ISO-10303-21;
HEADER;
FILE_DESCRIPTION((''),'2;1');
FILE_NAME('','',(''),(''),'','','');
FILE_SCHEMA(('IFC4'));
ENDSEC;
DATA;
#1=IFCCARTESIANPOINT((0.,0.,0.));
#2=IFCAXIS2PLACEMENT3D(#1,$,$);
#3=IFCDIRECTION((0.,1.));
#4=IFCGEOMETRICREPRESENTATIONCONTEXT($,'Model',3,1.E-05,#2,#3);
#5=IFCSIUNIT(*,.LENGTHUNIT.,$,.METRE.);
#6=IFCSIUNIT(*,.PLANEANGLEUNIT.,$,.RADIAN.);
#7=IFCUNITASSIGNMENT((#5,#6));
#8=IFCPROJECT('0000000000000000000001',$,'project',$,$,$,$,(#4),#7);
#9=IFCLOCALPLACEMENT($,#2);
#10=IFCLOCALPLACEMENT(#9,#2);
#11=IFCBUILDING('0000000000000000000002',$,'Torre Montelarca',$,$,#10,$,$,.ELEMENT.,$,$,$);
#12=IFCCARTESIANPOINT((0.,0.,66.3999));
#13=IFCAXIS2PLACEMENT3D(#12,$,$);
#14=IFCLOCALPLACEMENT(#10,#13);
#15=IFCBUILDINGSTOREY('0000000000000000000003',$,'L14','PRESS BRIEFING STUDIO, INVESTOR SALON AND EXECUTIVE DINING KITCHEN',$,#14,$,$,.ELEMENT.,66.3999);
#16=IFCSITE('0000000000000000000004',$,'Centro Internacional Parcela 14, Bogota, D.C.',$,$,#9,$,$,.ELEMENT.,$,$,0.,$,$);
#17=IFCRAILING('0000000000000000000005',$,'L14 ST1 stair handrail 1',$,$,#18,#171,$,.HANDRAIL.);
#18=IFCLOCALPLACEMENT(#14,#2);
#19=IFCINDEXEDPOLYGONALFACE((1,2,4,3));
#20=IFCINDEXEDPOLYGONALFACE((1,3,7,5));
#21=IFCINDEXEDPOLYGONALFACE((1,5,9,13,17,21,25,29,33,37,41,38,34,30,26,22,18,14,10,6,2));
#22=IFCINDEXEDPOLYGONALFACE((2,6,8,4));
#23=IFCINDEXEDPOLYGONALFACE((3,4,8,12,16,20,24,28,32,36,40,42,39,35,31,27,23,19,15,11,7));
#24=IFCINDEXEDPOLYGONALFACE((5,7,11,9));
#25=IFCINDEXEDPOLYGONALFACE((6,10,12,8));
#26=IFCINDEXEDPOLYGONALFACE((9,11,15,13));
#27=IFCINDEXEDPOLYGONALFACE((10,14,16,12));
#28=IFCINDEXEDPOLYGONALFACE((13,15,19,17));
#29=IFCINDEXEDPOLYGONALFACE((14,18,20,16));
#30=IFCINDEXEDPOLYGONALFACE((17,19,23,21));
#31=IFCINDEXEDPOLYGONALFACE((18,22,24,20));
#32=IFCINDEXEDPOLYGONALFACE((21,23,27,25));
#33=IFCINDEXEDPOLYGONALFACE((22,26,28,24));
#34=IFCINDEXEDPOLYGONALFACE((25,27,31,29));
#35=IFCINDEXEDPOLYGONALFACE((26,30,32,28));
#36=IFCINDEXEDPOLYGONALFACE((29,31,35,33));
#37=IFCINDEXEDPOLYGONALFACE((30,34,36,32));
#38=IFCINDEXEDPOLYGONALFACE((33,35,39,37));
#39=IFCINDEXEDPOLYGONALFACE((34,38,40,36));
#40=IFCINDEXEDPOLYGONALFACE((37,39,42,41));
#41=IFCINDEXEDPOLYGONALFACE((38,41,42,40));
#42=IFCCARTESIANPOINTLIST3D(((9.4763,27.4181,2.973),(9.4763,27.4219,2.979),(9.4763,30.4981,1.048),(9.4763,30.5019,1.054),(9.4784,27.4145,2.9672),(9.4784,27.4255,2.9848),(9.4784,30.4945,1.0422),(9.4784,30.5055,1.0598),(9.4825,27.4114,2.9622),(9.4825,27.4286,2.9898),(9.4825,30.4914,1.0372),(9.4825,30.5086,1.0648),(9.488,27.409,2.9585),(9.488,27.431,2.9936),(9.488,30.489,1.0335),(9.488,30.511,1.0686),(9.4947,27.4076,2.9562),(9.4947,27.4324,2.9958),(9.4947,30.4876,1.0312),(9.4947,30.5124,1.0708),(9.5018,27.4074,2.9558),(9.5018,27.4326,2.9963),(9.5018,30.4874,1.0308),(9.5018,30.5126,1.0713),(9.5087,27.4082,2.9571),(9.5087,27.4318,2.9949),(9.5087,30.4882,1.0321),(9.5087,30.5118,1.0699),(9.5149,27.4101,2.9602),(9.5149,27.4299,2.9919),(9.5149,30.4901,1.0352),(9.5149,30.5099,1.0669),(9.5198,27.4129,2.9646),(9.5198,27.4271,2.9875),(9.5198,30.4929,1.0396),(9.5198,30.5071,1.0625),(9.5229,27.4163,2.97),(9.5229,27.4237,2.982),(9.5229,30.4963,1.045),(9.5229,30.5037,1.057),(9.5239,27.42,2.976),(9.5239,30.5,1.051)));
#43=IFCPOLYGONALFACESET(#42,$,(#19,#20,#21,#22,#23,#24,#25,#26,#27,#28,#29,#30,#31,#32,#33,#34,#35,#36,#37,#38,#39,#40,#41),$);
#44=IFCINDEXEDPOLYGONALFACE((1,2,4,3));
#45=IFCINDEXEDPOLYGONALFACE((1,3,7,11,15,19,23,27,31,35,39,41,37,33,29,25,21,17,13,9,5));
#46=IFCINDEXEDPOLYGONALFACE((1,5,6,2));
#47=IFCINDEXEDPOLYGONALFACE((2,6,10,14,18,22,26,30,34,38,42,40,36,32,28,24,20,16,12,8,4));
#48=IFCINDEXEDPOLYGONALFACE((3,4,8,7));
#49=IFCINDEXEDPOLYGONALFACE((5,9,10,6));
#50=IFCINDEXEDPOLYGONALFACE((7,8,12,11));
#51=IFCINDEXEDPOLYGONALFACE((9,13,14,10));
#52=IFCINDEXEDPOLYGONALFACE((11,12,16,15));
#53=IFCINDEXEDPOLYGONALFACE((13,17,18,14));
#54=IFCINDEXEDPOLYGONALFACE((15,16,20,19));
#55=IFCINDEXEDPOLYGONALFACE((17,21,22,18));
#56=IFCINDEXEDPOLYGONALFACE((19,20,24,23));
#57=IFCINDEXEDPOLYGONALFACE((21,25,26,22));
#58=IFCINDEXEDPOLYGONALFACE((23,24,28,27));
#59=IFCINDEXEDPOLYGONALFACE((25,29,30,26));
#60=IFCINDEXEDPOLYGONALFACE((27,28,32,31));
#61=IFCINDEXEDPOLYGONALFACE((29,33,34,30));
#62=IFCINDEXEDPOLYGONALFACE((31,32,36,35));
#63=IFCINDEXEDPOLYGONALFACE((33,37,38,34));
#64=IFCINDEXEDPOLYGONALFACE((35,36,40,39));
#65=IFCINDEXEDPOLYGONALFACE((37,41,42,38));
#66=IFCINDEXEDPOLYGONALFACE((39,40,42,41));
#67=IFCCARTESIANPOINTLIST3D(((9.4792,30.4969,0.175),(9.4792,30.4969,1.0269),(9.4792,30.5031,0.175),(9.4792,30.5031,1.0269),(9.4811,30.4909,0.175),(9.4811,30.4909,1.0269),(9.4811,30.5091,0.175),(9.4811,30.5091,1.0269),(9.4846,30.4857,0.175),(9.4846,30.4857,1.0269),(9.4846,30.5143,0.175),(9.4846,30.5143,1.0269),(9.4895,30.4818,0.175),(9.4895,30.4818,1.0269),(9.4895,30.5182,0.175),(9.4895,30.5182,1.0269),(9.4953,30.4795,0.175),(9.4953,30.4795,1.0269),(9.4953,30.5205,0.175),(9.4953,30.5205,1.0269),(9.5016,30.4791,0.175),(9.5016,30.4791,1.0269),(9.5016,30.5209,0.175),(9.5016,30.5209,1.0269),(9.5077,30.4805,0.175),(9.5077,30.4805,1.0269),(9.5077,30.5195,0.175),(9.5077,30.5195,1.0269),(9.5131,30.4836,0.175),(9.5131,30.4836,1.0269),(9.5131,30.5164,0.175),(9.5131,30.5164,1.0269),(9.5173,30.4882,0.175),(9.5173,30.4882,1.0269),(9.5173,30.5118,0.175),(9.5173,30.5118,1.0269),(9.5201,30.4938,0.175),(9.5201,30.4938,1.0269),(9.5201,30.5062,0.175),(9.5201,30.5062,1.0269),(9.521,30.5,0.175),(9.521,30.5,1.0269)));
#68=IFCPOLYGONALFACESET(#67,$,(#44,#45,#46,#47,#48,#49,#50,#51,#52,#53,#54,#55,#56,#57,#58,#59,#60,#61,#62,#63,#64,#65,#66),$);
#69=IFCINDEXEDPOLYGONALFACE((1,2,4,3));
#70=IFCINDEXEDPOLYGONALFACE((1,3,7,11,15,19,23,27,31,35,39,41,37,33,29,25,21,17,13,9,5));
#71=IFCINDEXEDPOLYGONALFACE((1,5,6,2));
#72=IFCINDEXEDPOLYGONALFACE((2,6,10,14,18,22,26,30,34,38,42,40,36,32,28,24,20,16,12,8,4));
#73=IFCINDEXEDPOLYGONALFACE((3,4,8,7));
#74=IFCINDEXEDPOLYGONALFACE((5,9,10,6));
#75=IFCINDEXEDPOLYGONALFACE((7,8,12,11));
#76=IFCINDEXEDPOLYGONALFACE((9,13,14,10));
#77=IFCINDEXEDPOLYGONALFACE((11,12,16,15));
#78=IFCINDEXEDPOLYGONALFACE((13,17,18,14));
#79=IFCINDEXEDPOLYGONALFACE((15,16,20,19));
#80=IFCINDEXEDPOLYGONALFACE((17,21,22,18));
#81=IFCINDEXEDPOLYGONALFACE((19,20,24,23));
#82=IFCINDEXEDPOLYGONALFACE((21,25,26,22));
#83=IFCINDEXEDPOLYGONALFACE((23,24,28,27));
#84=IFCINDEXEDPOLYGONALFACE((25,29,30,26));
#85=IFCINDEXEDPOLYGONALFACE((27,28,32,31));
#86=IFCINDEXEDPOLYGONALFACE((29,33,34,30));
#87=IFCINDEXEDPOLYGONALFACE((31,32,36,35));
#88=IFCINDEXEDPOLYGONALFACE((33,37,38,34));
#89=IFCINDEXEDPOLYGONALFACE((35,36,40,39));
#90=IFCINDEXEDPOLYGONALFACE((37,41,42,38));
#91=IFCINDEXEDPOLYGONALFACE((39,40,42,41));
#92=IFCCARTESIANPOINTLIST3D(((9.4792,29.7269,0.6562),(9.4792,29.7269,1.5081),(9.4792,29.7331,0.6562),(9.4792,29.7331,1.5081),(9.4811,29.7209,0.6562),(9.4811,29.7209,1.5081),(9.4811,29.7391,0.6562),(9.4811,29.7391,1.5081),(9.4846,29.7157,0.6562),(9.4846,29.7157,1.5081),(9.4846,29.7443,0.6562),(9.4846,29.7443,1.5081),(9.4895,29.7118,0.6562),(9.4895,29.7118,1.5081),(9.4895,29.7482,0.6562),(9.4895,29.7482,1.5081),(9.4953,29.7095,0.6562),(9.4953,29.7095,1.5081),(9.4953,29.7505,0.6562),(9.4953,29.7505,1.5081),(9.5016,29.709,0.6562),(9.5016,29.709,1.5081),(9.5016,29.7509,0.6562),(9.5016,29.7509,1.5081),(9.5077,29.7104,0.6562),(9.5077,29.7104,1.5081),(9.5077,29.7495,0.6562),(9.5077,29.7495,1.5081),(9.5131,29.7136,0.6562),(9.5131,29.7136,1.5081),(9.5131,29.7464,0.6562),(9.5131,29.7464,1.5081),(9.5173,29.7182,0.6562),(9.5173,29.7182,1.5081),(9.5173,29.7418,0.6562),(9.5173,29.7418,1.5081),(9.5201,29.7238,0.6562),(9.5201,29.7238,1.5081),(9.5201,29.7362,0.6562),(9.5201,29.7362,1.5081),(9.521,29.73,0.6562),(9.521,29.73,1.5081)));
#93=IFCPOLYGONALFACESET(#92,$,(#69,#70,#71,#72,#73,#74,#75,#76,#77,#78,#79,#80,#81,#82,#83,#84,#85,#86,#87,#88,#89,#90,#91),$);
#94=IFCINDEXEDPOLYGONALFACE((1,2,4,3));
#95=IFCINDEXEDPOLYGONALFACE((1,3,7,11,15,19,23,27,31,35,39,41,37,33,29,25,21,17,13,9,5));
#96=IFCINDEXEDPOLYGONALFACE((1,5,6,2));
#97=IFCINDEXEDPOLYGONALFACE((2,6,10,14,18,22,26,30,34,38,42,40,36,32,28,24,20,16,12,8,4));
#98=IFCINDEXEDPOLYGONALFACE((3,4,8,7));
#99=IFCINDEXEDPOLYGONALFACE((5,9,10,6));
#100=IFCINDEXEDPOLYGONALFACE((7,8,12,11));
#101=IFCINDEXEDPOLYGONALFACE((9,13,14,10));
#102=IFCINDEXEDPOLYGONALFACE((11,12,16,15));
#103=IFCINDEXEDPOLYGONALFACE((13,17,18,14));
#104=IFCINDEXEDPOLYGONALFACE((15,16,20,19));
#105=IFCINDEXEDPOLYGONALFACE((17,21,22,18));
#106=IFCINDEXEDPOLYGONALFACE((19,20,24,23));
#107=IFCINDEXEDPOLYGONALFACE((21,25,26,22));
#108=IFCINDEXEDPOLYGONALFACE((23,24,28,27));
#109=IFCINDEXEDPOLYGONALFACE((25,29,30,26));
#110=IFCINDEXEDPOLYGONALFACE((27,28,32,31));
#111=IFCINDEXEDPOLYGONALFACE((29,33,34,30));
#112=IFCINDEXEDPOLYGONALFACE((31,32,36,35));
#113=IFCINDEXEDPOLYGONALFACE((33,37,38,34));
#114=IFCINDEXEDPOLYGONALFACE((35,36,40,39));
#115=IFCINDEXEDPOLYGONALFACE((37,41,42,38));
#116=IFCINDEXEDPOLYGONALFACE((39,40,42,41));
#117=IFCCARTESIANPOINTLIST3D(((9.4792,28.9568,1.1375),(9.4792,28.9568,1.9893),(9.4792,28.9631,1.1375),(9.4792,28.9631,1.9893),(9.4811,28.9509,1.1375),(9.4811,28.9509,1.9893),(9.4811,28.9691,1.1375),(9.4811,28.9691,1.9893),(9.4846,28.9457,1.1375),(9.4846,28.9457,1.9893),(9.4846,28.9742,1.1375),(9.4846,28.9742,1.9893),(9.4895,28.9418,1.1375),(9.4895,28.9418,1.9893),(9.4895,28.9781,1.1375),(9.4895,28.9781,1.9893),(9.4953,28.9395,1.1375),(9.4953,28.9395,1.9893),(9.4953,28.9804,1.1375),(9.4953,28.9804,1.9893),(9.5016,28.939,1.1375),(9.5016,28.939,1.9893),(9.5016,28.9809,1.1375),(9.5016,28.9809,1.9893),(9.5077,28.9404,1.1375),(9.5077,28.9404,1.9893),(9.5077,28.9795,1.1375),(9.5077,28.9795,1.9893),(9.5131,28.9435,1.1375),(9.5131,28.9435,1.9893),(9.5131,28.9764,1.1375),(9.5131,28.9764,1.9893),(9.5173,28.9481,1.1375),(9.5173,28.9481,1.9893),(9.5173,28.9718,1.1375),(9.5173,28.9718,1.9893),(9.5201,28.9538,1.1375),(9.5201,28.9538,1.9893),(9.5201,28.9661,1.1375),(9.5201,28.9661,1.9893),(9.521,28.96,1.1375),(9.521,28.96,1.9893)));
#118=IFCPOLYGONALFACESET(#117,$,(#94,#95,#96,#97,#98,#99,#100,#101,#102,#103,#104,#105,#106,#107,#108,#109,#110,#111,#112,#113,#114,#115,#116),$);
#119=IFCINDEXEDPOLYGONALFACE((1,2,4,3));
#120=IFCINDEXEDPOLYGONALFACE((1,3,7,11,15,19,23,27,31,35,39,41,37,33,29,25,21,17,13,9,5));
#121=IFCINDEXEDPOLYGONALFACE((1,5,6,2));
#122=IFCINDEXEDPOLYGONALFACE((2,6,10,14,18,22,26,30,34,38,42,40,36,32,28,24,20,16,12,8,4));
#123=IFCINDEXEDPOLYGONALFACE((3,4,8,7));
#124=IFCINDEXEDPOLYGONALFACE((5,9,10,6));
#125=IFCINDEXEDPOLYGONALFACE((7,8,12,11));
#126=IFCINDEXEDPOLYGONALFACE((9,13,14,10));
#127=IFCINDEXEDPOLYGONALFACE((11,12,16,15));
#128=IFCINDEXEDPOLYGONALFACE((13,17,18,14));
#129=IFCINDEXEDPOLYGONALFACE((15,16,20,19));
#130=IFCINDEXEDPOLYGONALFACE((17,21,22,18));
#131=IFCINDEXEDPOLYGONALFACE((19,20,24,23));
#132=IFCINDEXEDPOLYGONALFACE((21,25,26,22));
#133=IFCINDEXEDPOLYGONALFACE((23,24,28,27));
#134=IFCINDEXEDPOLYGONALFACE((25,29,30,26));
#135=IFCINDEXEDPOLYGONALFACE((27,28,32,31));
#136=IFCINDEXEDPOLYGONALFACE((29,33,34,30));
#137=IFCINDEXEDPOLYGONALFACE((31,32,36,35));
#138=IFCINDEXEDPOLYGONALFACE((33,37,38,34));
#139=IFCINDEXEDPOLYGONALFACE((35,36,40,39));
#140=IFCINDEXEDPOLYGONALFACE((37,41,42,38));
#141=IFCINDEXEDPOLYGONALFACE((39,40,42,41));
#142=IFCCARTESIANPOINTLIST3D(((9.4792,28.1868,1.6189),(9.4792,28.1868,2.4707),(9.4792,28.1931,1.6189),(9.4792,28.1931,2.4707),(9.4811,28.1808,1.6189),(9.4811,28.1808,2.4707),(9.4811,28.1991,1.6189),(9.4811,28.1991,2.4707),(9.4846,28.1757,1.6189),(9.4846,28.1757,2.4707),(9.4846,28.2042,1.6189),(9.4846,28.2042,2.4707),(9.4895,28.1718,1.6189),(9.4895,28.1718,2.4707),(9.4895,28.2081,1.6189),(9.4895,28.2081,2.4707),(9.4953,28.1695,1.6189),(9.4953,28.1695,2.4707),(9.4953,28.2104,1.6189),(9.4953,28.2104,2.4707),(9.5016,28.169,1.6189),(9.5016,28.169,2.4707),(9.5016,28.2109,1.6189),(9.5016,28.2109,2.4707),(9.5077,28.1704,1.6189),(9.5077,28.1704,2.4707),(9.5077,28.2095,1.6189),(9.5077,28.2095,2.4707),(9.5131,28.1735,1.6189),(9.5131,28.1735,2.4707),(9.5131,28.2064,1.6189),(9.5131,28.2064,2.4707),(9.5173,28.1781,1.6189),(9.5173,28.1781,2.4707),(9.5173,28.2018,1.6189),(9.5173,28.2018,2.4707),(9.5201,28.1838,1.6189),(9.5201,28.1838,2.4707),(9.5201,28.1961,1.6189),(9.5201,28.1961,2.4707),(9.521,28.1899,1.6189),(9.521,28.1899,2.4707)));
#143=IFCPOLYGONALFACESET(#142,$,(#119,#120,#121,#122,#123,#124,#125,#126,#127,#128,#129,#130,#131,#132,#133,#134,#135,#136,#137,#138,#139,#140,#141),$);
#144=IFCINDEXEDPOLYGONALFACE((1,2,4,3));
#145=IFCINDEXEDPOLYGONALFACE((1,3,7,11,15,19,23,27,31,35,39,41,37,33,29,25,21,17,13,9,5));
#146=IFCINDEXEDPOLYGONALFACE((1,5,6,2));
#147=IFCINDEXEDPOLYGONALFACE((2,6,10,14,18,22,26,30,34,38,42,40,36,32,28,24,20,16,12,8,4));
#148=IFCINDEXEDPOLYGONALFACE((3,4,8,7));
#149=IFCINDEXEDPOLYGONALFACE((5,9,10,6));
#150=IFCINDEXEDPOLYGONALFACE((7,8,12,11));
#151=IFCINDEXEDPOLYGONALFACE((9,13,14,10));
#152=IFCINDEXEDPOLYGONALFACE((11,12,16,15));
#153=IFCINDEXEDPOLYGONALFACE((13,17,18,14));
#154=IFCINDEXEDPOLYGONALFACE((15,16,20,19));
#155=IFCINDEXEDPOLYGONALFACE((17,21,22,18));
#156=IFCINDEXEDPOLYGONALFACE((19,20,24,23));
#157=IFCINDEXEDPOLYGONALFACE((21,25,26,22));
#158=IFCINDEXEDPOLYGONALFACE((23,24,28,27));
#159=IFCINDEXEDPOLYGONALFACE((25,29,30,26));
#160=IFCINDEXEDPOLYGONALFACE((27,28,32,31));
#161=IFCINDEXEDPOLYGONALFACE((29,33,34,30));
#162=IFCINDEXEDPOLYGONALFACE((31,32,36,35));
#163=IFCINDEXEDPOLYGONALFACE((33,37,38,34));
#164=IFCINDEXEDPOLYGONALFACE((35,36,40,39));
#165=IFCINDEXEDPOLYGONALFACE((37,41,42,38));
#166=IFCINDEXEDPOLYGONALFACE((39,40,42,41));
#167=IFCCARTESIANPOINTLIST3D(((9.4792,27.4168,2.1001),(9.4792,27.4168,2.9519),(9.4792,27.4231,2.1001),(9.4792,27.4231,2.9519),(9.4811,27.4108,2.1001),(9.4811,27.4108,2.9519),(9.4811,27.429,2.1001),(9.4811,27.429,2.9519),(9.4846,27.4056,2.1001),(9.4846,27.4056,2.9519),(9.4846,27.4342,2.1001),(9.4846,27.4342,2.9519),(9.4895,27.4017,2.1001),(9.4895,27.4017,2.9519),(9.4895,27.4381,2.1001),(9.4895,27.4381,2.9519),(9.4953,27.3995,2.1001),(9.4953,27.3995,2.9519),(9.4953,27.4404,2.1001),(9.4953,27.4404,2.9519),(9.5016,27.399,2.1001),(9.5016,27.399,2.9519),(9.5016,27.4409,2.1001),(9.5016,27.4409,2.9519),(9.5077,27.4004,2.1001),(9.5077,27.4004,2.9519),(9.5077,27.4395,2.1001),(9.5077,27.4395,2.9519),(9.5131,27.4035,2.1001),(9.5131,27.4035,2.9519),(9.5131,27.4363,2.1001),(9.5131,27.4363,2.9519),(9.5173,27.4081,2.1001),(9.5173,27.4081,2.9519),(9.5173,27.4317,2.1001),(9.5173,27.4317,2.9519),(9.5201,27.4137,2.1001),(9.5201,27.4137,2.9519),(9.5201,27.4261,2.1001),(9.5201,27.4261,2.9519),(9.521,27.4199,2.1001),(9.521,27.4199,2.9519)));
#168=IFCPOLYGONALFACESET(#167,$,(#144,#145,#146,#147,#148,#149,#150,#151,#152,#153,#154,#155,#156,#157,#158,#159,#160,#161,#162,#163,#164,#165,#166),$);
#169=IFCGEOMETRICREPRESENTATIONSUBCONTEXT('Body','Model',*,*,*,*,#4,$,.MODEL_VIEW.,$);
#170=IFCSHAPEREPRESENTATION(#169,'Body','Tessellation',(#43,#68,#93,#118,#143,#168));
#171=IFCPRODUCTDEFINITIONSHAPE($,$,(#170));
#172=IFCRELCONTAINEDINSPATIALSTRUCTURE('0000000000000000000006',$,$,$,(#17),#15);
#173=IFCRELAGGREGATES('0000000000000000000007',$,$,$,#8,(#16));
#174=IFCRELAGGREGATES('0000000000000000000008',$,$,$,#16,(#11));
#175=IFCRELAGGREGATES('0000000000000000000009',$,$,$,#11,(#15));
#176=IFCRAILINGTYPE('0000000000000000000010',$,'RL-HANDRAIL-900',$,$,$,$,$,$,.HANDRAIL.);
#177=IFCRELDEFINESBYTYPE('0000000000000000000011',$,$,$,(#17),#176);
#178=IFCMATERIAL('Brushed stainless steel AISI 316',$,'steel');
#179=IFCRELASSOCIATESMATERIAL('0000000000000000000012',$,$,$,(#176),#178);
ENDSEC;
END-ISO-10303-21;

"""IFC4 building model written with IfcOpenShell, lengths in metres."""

from ifc_helpers import new_model, si_unit, direction, frame, origin, origin_2d, place, context, subcontext, project, spatial, circle, extrude, material, type_object, element, save


model = new_model("IFC4")

# Units and contexts
model_context = context("Model", 3, precision=1e-05, world=origin(), true_north=direction((0.0, 1.0)))
body_context = subcontext(model_context, "Body", "Model", "MODEL_VIEW")
ifc_project = project(units=[si_unit("LENGTHUNIT", "METRE"), si_unit("PLANEANGLEUNIT", "RADIAN")], contexts=[model_context])

# Site, building, storey
site_placement = place(None, origin())
site = spatial("IfcSite", under=ifc_project, at=site_placement, Name="Centro Internacional Parcela 14, Bogota, D.C.", CompositionType="ELEMENT", RefElevation=0.0)
building_placement = place(site_placement, origin())
building = spatial("IfcBuilding", under=site, at=building_placement, Name="Torre Montelarca", CompositionType="ELEMENT")
storey_placement = place(building_placement, frame((0.0, 0.0, 66.3999)))
storey = spatial("IfcBuildingStorey", under=building, at=storey_placement, Name="L14", Description="PRESS BRIEFING STUDIO, INVESTOR SALON AND EXECUTIVE DINING KITCHEN", CompositionType="ELEMENT", Elevation=66.3999)

# Shared definitions
ifc_material_1 = material(Name="Brushed stainless steel AISI 316", Category="steel")

# Railing
railing_type_1 = type_object("IfcRailingType", Name="RL-HANDRAIL-900", PredefinedType="HANDRAIL", material=ifc_material_1)
railing_1_placement = place(storey_placement, frame((9.5, 30.5, 0.175)))
element("IfcRailing", 1, at=railing_1_placement, inside=storey, type_object=railing_type_1, Name="L14 ST1 stair handrail 1", PredefinedType="HANDRAIL", context=body_context, shape_type="SweptSolid", body=[
    extrude(circle(Radius=0.0239, at=origin_2d()), frame((0.0, 0.0, 0.876), z_axis=(0.0, -0.847998, 0.529999), x_axis=(1.0, 0.0, 0.0)), (0.0, 0.0, 1.0), 3.6321),
    extrude(circle(Radius=0.021, at=origin_2d()), origin(), (0.0, 0.0, 1.0), 0.8518),
    extrude(circle(Radius=0.021, at=origin_2d()), frame((0.0, -0.77, 0.4812)), (0.0, 0.0, 1.0), 0.8518),
    extrude(circle(Radius=0.021, at=origin_2d()), frame((0.0, -1.54, 0.9624)), (0.0, 0.0, 1.0), 0.8518),
    extrude(circle(Radius=0.021, at=origin_2d()), frame((0.0, -2.3101, 1.4438)), (0.0, 0.0, 1.0), 0.8518),
    extrude(circle(Radius=0.021, at=origin_2d()), frame((0.0, -3.0801, 1.925)), (0.0, 0.0, 1.0), 0.8518),
])

save(model, "model.ifc")
